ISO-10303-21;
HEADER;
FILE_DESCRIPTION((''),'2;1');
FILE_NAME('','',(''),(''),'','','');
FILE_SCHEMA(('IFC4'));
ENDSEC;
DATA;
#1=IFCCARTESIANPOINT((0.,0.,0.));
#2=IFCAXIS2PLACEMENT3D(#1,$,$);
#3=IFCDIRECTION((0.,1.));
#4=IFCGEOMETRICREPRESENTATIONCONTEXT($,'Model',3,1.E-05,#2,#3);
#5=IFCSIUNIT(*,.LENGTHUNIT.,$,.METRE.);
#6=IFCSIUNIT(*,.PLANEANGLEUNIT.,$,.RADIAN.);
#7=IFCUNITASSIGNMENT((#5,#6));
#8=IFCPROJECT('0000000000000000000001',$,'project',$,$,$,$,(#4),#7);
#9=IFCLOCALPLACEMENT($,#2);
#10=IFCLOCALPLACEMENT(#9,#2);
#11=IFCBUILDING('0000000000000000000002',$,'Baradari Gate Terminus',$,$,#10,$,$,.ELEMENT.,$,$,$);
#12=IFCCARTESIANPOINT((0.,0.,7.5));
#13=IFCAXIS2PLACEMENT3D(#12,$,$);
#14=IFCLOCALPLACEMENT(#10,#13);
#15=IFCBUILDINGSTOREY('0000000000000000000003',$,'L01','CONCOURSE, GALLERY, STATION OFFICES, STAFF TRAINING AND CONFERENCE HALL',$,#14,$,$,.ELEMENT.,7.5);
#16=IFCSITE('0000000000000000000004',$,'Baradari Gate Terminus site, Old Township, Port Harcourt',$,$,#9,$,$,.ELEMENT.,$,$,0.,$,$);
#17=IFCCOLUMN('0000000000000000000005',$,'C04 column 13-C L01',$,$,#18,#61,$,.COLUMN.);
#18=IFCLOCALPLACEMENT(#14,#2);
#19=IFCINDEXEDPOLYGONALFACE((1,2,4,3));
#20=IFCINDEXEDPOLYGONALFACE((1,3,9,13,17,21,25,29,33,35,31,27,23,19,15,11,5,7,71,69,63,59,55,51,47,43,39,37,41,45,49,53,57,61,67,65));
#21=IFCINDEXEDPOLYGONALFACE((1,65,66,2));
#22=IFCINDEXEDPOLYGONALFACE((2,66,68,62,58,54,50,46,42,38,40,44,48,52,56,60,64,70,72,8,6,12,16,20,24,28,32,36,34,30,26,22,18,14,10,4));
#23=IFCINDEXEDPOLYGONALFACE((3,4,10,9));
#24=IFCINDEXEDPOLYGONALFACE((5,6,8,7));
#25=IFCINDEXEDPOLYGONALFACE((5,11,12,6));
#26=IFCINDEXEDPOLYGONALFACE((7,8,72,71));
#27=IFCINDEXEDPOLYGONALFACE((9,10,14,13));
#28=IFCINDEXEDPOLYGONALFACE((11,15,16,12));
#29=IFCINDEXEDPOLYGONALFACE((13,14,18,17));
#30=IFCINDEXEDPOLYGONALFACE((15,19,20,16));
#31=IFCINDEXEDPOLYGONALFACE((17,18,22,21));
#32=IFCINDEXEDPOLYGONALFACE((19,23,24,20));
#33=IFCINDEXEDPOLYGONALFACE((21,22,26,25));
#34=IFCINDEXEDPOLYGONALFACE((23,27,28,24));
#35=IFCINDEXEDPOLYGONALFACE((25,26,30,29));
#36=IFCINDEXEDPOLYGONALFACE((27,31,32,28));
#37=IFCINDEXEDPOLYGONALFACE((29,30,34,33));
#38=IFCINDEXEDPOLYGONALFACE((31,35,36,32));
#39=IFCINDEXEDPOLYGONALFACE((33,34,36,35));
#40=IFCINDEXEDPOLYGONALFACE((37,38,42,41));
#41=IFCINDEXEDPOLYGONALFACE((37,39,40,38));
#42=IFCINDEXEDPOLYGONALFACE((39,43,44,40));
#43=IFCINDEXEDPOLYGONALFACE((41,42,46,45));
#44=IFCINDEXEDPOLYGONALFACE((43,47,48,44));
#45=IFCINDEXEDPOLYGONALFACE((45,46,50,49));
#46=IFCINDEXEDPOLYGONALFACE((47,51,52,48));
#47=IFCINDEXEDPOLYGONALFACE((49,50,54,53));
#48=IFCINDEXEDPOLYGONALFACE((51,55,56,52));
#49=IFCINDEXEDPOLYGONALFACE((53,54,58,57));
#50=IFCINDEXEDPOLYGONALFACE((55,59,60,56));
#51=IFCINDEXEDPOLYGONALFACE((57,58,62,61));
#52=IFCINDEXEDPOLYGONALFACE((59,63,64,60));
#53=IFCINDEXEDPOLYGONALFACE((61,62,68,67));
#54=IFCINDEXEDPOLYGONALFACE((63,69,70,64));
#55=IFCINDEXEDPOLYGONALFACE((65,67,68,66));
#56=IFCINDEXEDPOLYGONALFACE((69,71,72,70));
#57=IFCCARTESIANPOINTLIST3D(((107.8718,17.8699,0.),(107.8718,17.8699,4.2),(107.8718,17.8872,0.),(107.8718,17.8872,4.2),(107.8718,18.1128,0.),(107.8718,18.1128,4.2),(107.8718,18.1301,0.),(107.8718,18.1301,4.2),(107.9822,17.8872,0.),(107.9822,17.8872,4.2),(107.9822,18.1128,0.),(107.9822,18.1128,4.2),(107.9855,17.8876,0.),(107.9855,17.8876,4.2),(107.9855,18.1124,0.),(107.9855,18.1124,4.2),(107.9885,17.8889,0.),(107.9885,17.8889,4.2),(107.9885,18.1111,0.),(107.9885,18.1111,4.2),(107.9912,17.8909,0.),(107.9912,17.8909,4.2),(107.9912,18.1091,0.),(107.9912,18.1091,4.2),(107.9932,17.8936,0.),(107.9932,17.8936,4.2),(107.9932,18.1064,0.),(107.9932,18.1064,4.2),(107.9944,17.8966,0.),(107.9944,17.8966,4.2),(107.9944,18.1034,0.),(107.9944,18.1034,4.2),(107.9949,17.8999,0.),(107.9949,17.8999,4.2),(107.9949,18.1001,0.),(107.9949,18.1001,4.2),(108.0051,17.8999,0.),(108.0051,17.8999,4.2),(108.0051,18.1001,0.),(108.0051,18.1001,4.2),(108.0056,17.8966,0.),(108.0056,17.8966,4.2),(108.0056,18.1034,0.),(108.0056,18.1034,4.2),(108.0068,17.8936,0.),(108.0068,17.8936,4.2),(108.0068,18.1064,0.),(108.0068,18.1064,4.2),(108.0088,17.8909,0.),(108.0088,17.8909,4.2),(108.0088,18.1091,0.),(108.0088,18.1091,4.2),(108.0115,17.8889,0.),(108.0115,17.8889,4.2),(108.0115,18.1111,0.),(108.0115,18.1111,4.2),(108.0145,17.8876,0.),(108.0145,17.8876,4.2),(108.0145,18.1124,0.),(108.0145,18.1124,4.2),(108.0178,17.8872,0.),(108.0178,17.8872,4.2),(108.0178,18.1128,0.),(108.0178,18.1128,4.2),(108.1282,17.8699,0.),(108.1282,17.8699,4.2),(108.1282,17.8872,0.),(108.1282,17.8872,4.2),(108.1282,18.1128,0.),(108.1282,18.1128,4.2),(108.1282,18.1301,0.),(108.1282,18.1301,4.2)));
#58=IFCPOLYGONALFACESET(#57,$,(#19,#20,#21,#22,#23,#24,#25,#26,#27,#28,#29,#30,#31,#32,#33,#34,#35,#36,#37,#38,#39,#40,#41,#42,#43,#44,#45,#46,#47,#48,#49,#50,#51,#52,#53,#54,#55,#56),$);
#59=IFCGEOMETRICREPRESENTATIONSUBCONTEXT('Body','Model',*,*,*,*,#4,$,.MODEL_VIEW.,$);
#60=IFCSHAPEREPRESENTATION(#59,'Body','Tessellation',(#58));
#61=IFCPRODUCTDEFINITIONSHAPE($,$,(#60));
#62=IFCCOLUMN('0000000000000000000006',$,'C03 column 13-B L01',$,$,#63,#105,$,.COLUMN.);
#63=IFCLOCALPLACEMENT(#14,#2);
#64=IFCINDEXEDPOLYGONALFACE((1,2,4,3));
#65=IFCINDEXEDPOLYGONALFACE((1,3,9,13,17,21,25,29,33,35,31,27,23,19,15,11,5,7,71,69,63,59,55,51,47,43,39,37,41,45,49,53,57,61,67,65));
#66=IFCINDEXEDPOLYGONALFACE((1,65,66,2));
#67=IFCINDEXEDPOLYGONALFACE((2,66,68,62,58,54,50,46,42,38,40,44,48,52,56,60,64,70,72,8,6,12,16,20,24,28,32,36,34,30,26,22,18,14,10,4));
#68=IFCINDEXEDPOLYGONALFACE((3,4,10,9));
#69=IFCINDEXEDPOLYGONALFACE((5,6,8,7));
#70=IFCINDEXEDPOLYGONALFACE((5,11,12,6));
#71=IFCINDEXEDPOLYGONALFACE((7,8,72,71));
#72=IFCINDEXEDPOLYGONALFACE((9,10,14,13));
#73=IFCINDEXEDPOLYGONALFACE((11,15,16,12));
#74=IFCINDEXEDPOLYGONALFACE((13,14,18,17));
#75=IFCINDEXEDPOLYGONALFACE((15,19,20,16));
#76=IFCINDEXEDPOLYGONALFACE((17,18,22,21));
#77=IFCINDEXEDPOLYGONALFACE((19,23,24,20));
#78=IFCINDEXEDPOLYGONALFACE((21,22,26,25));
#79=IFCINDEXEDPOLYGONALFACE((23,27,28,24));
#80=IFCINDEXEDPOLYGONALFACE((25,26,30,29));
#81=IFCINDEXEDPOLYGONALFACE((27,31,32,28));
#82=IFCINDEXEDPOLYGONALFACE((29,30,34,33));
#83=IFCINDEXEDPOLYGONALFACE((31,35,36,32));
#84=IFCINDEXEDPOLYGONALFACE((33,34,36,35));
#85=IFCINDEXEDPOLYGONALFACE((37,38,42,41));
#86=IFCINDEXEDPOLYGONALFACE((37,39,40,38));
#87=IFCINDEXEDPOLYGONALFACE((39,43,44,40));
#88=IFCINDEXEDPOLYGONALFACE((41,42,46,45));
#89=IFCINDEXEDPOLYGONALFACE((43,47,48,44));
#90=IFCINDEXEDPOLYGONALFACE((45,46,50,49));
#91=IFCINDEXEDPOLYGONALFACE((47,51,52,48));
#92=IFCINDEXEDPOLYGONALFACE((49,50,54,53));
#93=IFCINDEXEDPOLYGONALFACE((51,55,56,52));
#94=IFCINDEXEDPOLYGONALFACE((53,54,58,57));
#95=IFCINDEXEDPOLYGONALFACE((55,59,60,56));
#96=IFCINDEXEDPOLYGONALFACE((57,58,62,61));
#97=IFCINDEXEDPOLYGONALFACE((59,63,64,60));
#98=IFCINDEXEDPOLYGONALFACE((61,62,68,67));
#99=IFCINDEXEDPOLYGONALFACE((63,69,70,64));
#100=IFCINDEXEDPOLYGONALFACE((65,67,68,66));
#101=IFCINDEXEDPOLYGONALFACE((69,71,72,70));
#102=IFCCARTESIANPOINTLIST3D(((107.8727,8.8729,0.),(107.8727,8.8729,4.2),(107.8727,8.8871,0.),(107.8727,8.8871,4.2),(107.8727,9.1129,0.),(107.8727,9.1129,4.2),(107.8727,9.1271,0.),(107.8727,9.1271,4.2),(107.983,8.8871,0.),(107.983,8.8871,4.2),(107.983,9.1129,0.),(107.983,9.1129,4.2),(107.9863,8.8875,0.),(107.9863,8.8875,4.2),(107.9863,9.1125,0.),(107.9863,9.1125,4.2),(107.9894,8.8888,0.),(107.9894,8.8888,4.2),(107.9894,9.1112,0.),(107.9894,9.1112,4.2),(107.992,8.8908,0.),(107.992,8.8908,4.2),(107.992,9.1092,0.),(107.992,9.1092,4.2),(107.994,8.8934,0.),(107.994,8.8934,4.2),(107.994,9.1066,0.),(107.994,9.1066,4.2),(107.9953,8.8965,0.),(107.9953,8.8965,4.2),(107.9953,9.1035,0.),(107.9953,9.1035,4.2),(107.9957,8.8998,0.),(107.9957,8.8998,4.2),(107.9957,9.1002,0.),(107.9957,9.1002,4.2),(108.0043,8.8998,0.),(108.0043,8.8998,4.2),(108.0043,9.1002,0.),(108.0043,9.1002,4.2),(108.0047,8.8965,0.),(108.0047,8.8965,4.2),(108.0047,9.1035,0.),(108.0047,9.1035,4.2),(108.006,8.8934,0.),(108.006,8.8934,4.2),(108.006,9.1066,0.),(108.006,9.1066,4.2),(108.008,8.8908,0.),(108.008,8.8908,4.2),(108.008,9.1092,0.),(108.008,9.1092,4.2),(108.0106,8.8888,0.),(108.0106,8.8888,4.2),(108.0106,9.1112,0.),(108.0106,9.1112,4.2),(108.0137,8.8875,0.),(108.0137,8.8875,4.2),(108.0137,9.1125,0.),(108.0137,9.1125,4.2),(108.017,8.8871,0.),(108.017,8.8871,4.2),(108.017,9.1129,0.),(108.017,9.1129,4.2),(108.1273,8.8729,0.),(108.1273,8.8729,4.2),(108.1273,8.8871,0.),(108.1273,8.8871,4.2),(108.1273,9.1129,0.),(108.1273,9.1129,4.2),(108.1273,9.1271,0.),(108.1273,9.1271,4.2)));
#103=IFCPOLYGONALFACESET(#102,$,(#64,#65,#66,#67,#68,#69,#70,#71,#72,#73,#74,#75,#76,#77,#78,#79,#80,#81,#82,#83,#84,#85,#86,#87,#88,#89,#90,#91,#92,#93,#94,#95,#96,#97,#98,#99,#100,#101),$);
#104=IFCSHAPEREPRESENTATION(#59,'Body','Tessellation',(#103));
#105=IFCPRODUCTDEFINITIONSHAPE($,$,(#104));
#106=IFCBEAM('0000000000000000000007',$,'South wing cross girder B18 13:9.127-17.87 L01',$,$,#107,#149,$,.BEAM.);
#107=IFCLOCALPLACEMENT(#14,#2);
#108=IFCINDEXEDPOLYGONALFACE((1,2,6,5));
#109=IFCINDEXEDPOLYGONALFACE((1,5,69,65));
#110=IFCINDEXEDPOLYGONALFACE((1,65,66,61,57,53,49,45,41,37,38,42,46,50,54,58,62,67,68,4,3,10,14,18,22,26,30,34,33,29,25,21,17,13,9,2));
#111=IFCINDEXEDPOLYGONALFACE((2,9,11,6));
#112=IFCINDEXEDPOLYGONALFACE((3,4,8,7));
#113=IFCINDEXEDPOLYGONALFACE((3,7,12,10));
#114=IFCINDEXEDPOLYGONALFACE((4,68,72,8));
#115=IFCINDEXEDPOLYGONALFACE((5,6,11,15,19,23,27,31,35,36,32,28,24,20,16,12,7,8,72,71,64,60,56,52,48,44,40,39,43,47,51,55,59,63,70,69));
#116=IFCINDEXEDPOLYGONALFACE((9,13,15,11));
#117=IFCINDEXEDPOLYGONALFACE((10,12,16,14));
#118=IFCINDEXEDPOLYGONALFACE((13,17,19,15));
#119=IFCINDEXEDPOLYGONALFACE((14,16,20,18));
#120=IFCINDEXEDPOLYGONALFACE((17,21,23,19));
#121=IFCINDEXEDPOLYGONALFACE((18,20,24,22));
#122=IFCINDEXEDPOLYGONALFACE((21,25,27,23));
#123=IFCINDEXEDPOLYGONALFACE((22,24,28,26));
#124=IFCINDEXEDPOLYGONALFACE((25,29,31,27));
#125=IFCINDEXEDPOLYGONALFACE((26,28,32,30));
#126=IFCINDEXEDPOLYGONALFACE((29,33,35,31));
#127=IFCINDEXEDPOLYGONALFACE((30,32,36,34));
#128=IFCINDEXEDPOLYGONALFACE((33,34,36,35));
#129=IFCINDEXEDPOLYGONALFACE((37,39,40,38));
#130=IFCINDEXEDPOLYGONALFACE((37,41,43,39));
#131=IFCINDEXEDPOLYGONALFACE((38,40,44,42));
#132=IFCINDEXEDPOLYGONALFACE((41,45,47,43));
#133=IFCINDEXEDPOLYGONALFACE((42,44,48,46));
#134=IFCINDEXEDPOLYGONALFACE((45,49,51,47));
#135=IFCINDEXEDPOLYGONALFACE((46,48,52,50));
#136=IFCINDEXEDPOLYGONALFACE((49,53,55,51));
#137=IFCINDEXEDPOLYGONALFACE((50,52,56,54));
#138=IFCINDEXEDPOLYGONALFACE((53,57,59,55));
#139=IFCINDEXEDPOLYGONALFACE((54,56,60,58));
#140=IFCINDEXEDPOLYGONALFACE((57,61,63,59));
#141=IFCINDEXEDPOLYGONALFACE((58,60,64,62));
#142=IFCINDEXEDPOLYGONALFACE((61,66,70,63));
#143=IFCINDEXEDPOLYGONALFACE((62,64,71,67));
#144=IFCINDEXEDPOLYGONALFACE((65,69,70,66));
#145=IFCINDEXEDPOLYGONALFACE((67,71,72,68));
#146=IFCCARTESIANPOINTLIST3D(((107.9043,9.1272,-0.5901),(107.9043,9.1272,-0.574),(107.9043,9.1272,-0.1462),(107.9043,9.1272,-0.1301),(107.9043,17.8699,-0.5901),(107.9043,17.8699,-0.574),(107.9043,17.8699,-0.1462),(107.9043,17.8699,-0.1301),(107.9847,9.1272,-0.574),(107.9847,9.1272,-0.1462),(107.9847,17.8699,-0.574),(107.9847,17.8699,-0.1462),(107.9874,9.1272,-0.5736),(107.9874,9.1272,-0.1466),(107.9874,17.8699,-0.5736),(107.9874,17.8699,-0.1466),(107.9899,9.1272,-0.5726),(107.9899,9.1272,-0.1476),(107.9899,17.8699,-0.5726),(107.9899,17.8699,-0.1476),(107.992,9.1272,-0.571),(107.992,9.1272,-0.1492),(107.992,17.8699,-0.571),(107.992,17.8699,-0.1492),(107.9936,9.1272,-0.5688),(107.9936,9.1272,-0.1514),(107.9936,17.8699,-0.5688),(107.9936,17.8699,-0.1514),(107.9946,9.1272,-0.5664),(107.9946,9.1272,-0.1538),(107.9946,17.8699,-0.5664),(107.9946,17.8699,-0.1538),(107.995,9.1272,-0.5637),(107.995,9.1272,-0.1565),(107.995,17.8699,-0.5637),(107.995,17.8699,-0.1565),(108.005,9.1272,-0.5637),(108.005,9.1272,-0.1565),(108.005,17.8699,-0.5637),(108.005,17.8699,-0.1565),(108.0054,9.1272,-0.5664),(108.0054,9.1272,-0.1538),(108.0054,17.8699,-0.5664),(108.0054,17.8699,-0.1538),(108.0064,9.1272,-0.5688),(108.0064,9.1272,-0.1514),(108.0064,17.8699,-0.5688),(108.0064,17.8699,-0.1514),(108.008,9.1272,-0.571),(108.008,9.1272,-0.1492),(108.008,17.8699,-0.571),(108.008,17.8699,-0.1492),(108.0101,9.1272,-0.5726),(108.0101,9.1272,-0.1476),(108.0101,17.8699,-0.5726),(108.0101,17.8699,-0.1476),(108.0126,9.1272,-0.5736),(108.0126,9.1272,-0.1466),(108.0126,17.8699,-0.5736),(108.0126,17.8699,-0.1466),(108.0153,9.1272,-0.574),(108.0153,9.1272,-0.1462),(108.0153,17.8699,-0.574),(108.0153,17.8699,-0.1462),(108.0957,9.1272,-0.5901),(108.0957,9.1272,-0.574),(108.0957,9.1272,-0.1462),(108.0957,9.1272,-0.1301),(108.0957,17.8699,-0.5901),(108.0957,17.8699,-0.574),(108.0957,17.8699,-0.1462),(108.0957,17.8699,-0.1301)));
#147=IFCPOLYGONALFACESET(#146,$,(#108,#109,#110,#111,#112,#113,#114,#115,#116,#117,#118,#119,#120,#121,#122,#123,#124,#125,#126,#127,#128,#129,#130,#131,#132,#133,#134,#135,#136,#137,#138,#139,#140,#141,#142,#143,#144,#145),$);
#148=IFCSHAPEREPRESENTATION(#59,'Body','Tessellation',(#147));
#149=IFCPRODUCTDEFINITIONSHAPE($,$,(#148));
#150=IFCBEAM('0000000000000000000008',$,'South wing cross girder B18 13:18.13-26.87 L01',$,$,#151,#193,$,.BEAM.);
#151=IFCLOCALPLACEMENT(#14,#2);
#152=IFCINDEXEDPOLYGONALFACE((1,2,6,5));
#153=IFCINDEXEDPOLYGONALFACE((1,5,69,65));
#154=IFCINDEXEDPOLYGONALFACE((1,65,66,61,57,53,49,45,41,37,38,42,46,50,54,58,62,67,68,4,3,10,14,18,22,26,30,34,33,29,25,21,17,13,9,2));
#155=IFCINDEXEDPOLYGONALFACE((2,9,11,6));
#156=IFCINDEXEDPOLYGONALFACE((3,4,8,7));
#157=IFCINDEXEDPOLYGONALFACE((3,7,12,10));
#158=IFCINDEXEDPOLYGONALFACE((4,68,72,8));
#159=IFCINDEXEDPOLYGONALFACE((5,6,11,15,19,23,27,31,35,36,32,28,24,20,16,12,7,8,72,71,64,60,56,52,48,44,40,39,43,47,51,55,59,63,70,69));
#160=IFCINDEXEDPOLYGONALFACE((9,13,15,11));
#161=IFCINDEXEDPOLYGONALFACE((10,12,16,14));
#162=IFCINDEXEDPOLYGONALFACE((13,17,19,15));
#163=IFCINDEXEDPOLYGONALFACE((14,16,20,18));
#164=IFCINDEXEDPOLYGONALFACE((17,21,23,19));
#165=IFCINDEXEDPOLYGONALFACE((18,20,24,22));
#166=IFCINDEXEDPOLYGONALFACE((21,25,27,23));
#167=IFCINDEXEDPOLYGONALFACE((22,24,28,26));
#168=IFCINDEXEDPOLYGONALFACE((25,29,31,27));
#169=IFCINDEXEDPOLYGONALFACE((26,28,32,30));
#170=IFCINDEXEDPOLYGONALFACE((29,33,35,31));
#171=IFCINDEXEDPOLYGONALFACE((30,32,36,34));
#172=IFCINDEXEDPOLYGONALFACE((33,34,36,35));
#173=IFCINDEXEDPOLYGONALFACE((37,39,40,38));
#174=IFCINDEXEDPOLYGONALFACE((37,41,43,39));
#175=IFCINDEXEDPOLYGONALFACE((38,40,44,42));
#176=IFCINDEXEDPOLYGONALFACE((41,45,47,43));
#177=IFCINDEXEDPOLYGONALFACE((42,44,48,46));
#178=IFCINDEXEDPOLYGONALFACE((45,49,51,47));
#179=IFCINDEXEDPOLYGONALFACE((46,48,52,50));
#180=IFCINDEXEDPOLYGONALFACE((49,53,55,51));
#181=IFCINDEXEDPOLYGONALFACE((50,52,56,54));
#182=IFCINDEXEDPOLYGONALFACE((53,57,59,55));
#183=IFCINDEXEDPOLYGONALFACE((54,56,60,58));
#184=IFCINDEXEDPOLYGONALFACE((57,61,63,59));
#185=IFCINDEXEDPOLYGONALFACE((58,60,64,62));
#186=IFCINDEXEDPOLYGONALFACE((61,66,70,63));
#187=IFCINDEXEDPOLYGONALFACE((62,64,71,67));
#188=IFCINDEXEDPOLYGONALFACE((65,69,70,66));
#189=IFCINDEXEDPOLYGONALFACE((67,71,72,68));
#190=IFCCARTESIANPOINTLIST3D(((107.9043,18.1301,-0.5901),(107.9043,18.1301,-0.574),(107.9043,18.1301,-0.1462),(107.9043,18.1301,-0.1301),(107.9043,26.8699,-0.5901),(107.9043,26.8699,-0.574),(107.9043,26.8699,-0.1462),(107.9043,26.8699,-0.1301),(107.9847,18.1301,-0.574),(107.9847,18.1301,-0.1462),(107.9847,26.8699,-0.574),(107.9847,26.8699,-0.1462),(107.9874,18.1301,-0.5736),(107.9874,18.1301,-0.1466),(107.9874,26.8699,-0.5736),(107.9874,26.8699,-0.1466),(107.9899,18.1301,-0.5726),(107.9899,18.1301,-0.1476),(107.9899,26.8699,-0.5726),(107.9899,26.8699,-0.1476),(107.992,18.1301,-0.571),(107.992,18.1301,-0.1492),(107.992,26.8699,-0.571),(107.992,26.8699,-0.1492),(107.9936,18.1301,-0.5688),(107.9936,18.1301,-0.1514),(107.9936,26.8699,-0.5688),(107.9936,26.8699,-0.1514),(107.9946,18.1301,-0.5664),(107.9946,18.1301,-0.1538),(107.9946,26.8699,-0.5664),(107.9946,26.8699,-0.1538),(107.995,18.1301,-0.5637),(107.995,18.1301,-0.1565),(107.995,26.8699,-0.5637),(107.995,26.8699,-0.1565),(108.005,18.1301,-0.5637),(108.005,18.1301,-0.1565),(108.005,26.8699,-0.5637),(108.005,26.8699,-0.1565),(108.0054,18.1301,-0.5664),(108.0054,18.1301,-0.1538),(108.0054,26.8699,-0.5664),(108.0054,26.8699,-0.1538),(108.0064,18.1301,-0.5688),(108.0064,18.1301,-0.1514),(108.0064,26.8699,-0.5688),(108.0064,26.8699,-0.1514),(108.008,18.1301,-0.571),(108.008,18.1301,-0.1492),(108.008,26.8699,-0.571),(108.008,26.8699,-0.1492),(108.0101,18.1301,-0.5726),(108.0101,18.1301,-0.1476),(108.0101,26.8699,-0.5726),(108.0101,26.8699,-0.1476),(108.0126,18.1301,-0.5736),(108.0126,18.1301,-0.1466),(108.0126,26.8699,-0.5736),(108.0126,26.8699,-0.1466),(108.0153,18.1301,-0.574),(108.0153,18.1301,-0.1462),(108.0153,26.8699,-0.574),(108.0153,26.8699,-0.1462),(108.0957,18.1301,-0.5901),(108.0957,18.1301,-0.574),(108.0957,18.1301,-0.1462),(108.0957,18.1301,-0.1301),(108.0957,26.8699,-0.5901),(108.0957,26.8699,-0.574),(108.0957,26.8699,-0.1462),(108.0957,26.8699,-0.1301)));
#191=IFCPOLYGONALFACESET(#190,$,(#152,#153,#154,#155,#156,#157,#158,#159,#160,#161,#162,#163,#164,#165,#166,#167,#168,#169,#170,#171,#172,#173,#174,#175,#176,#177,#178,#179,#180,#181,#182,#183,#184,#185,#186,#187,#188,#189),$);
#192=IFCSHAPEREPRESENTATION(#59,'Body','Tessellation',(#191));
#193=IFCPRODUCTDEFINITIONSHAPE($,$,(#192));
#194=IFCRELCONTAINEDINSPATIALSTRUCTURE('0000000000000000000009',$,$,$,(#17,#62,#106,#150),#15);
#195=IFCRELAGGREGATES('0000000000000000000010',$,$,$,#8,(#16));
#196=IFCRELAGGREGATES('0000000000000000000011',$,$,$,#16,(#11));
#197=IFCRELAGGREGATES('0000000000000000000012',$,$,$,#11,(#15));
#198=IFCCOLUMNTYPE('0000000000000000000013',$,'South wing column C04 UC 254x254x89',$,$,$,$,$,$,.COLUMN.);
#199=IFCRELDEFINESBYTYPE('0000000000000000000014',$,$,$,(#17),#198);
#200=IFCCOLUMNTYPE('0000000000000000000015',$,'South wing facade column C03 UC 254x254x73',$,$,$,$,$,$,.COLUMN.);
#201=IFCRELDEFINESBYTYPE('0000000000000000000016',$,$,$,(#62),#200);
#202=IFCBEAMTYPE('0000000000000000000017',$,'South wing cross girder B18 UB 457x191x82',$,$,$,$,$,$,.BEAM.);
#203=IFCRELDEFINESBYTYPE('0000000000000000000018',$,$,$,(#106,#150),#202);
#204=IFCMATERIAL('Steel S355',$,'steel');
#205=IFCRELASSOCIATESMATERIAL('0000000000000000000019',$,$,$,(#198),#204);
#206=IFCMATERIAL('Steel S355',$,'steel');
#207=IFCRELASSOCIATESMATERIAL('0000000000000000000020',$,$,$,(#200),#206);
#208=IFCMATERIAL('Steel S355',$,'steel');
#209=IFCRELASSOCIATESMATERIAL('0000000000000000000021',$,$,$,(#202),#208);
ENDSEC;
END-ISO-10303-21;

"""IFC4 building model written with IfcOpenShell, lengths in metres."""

from ifc_helpers import new_model, si_unit, direction, frame, origin, origin_2d, place, context, subcontext, project, spatial, i_section, extrude, material, material_profile, profile_set, type_object, element, save


model = new_model("IFC4")

# Units and contexts
model_context = context("Model", 3, precision=1e-05, world=origin(), true_north=direction((0.0, 1.0)))
body_context = subcontext(model_context, "Body", "Model", "MODEL_VIEW")
ifc_project = project(units=[si_unit("LENGTHUNIT", "METRE"), si_unit("PLANEANGLEUNIT", "RADIAN")], contexts=[model_context])

# Site, building, storey
site_placement = place(None, origin())
site = spatial("IfcSite", under=ifc_project, at=site_placement, Name="Baradari Gate Terminus site, Old Township, Port Harcourt", CompositionType="ELEMENT", RefElevation=0.0)
building_placement = place(site_placement, origin())
building = spatial("IfcBuilding", under=site, at=building_placement, Name="Baradari Gate Terminus", CompositionType="ELEMENT")
storey_placement = place(building_placement, frame((0.0, 0.0, 7.5)))
storey = spatial("IfcBuildingStorey", under=building, at=storey_placement, Name="L01", Description="CONCOURSE, GALLERY, STATION OFFICES, STAFF TRAINING AND CONFERENCE HALL", CompositionType="ELEMENT", Elevation=7.5)

# Columns
ifc_material_1 = material(Name="Steel S355", Category="steel")
ifc_material_profile_1 = material_profile(ifc_material_1, i_section(OverallWidth=0.2563, OverallDepth=0.2603, WebThickness=0.0103, FlangeThickness=0.0173, FilletRadius=0.0127, at=origin_2d()), Name="UC 254x254x89")
ifc_profile_set_1 = profile_set([ifc_material_profile_1], Name="Steel S355")
column_type_1 = type_object("IfcColumnType", Name="South wing column C04 UC 254x254x89", PredefinedType="COLUMN", material=ifc_profile_set_1)
column_1_placement = place(storey_placement, frame((108.0, 18.0, 0.0), z_axis=(0.0, 0.0, 1.0), x_axis=(1.0, 0.0, 0.0)))
element("IfcColumn", 1, at=column_1_placement, inside=storey, type_object=column_type_1, Name="C04 column 13-C L01", PredefinedType="COLUMN", context=body_context, shape_type="SweptSolid", body=[
    extrude(i_section(OverallWidth=0.2563, OverallDepth=0.2603, WebThickness=0.0103, FlangeThickness=0.0173, FilletRadius=0.0127, at=origin_2d()), origin(), (0.0, 0.0, 1.0), 4.2),
])
ifc_material_2 = material(Name="Steel S355", Category="steel")
ifc_material_profile_2 = material_profile(ifc_material_2, i_section(OverallWidth=0.2546, OverallDepth=0.2542, WebThickness=0.0085, FlangeThickness=0.0142, FilletRadius=0.0127, at=origin_2d()), Name="UC 254x254x73")
ifc_profile_set_2 = profile_set([ifc_material_profile_2], Name="Steel S355")
column_type_2 = type_object("IfcColumnType", Name="South wing facade column C03 UC 254x254x73", PredefinedType="COLUMN", material=ifc_profile_set_2)
column_2_placement = place(storey_placement, frame((108.0, 9.0, 0.0), z_axis=(0.0, 0.0, 1.0), x_axis=(1.0, 0.0, 0.0)))
element("IfcColumn", 2, at=column_2_placement, inside=storey, type_object=column_type_2, Name="C03 column 13-B L01", PredefinedType="COLUMN", context=body_context, shape_type="SweptSolid", body=[
    extrude(i_section(OverallWidth=0.2546, OverallDepth=0.2542, WebThickness=0.0085, FlangeThickness=0.0142, FilletRadius=0.0127, at=origin_2d()), origin(), (0.0, 0.0, 1.0), 4.2),
])

# Beams
ifc_material_3 = material(Name="Steel S355", Category="steel")
ifc_material_profile_3 = material_profile(ifc_material_3, i_section(OverallWidth=0.1914, OverallDepth=0.46, WebThickness=0.01, FlangeThickness=0.0161, FilletRadius=0.0103, at=origin_2d()), Name="UB 457x191x82")
ifc_profile_set_3 = profile_set([ifc_material_profile_3], Name="Steel S355")
beam_type_1 = type_object("IfcBeamType", Name="South wing cross girder B18 UB 457x191x82", PredefinedType="BEAM", material=ifc_profile_set_3)
beam_1_placement = place(storey_placement, frame((108.0, 9.1272, -0.3601), z_axis=(0.0, 1.0, 0.0), x_axis=(-1.0, 0.0, 0.0)))
element("IfcBeam", 3, at=beam_1_placement, inside=storey, type_object=beam_type_1, Name="South wing cross girder B18 13:9.127-17.87 L01", PredefinedType="BEAM", context=body_context, shape_type="SweptSolid", body=[
    extrude(i_section(OverallWidth=0.1914, OverallDepth=0.46, WebThickness=0.01, FlangeThickness=0.0161, FilletRadius=0.0103, at=origin_2d()), origin(), (0.0, 0.0, 1.0), 8.7427),
])
beam_2_placement = place(storey_placement, frame((108.0, 18.1301, -0.3601), z_axis=(0.0, 1.0, 0.0), x_axis=(-1.0, 0.0, 0.0)))
element("IfcBeam", 4, at=beam_2_placement, inside=storey, type_object=beam_type_1, Name="South wing cross girder B18 13:18.13-26.87 L01", PredefinedType="BEAM", context=body_context, shape_type="SweptSolid", body=[
    extrude(i_section(OverallWidth=0.1914, OverallDepth=0.46, WebThickness=0.01, FlangeThickness=0.0161, FilletRadius=0.0103, at=origin_2d()), origin(), (0.0, 0.0, 1.0), 8.7397),
])

save(model, "model.ifc")
